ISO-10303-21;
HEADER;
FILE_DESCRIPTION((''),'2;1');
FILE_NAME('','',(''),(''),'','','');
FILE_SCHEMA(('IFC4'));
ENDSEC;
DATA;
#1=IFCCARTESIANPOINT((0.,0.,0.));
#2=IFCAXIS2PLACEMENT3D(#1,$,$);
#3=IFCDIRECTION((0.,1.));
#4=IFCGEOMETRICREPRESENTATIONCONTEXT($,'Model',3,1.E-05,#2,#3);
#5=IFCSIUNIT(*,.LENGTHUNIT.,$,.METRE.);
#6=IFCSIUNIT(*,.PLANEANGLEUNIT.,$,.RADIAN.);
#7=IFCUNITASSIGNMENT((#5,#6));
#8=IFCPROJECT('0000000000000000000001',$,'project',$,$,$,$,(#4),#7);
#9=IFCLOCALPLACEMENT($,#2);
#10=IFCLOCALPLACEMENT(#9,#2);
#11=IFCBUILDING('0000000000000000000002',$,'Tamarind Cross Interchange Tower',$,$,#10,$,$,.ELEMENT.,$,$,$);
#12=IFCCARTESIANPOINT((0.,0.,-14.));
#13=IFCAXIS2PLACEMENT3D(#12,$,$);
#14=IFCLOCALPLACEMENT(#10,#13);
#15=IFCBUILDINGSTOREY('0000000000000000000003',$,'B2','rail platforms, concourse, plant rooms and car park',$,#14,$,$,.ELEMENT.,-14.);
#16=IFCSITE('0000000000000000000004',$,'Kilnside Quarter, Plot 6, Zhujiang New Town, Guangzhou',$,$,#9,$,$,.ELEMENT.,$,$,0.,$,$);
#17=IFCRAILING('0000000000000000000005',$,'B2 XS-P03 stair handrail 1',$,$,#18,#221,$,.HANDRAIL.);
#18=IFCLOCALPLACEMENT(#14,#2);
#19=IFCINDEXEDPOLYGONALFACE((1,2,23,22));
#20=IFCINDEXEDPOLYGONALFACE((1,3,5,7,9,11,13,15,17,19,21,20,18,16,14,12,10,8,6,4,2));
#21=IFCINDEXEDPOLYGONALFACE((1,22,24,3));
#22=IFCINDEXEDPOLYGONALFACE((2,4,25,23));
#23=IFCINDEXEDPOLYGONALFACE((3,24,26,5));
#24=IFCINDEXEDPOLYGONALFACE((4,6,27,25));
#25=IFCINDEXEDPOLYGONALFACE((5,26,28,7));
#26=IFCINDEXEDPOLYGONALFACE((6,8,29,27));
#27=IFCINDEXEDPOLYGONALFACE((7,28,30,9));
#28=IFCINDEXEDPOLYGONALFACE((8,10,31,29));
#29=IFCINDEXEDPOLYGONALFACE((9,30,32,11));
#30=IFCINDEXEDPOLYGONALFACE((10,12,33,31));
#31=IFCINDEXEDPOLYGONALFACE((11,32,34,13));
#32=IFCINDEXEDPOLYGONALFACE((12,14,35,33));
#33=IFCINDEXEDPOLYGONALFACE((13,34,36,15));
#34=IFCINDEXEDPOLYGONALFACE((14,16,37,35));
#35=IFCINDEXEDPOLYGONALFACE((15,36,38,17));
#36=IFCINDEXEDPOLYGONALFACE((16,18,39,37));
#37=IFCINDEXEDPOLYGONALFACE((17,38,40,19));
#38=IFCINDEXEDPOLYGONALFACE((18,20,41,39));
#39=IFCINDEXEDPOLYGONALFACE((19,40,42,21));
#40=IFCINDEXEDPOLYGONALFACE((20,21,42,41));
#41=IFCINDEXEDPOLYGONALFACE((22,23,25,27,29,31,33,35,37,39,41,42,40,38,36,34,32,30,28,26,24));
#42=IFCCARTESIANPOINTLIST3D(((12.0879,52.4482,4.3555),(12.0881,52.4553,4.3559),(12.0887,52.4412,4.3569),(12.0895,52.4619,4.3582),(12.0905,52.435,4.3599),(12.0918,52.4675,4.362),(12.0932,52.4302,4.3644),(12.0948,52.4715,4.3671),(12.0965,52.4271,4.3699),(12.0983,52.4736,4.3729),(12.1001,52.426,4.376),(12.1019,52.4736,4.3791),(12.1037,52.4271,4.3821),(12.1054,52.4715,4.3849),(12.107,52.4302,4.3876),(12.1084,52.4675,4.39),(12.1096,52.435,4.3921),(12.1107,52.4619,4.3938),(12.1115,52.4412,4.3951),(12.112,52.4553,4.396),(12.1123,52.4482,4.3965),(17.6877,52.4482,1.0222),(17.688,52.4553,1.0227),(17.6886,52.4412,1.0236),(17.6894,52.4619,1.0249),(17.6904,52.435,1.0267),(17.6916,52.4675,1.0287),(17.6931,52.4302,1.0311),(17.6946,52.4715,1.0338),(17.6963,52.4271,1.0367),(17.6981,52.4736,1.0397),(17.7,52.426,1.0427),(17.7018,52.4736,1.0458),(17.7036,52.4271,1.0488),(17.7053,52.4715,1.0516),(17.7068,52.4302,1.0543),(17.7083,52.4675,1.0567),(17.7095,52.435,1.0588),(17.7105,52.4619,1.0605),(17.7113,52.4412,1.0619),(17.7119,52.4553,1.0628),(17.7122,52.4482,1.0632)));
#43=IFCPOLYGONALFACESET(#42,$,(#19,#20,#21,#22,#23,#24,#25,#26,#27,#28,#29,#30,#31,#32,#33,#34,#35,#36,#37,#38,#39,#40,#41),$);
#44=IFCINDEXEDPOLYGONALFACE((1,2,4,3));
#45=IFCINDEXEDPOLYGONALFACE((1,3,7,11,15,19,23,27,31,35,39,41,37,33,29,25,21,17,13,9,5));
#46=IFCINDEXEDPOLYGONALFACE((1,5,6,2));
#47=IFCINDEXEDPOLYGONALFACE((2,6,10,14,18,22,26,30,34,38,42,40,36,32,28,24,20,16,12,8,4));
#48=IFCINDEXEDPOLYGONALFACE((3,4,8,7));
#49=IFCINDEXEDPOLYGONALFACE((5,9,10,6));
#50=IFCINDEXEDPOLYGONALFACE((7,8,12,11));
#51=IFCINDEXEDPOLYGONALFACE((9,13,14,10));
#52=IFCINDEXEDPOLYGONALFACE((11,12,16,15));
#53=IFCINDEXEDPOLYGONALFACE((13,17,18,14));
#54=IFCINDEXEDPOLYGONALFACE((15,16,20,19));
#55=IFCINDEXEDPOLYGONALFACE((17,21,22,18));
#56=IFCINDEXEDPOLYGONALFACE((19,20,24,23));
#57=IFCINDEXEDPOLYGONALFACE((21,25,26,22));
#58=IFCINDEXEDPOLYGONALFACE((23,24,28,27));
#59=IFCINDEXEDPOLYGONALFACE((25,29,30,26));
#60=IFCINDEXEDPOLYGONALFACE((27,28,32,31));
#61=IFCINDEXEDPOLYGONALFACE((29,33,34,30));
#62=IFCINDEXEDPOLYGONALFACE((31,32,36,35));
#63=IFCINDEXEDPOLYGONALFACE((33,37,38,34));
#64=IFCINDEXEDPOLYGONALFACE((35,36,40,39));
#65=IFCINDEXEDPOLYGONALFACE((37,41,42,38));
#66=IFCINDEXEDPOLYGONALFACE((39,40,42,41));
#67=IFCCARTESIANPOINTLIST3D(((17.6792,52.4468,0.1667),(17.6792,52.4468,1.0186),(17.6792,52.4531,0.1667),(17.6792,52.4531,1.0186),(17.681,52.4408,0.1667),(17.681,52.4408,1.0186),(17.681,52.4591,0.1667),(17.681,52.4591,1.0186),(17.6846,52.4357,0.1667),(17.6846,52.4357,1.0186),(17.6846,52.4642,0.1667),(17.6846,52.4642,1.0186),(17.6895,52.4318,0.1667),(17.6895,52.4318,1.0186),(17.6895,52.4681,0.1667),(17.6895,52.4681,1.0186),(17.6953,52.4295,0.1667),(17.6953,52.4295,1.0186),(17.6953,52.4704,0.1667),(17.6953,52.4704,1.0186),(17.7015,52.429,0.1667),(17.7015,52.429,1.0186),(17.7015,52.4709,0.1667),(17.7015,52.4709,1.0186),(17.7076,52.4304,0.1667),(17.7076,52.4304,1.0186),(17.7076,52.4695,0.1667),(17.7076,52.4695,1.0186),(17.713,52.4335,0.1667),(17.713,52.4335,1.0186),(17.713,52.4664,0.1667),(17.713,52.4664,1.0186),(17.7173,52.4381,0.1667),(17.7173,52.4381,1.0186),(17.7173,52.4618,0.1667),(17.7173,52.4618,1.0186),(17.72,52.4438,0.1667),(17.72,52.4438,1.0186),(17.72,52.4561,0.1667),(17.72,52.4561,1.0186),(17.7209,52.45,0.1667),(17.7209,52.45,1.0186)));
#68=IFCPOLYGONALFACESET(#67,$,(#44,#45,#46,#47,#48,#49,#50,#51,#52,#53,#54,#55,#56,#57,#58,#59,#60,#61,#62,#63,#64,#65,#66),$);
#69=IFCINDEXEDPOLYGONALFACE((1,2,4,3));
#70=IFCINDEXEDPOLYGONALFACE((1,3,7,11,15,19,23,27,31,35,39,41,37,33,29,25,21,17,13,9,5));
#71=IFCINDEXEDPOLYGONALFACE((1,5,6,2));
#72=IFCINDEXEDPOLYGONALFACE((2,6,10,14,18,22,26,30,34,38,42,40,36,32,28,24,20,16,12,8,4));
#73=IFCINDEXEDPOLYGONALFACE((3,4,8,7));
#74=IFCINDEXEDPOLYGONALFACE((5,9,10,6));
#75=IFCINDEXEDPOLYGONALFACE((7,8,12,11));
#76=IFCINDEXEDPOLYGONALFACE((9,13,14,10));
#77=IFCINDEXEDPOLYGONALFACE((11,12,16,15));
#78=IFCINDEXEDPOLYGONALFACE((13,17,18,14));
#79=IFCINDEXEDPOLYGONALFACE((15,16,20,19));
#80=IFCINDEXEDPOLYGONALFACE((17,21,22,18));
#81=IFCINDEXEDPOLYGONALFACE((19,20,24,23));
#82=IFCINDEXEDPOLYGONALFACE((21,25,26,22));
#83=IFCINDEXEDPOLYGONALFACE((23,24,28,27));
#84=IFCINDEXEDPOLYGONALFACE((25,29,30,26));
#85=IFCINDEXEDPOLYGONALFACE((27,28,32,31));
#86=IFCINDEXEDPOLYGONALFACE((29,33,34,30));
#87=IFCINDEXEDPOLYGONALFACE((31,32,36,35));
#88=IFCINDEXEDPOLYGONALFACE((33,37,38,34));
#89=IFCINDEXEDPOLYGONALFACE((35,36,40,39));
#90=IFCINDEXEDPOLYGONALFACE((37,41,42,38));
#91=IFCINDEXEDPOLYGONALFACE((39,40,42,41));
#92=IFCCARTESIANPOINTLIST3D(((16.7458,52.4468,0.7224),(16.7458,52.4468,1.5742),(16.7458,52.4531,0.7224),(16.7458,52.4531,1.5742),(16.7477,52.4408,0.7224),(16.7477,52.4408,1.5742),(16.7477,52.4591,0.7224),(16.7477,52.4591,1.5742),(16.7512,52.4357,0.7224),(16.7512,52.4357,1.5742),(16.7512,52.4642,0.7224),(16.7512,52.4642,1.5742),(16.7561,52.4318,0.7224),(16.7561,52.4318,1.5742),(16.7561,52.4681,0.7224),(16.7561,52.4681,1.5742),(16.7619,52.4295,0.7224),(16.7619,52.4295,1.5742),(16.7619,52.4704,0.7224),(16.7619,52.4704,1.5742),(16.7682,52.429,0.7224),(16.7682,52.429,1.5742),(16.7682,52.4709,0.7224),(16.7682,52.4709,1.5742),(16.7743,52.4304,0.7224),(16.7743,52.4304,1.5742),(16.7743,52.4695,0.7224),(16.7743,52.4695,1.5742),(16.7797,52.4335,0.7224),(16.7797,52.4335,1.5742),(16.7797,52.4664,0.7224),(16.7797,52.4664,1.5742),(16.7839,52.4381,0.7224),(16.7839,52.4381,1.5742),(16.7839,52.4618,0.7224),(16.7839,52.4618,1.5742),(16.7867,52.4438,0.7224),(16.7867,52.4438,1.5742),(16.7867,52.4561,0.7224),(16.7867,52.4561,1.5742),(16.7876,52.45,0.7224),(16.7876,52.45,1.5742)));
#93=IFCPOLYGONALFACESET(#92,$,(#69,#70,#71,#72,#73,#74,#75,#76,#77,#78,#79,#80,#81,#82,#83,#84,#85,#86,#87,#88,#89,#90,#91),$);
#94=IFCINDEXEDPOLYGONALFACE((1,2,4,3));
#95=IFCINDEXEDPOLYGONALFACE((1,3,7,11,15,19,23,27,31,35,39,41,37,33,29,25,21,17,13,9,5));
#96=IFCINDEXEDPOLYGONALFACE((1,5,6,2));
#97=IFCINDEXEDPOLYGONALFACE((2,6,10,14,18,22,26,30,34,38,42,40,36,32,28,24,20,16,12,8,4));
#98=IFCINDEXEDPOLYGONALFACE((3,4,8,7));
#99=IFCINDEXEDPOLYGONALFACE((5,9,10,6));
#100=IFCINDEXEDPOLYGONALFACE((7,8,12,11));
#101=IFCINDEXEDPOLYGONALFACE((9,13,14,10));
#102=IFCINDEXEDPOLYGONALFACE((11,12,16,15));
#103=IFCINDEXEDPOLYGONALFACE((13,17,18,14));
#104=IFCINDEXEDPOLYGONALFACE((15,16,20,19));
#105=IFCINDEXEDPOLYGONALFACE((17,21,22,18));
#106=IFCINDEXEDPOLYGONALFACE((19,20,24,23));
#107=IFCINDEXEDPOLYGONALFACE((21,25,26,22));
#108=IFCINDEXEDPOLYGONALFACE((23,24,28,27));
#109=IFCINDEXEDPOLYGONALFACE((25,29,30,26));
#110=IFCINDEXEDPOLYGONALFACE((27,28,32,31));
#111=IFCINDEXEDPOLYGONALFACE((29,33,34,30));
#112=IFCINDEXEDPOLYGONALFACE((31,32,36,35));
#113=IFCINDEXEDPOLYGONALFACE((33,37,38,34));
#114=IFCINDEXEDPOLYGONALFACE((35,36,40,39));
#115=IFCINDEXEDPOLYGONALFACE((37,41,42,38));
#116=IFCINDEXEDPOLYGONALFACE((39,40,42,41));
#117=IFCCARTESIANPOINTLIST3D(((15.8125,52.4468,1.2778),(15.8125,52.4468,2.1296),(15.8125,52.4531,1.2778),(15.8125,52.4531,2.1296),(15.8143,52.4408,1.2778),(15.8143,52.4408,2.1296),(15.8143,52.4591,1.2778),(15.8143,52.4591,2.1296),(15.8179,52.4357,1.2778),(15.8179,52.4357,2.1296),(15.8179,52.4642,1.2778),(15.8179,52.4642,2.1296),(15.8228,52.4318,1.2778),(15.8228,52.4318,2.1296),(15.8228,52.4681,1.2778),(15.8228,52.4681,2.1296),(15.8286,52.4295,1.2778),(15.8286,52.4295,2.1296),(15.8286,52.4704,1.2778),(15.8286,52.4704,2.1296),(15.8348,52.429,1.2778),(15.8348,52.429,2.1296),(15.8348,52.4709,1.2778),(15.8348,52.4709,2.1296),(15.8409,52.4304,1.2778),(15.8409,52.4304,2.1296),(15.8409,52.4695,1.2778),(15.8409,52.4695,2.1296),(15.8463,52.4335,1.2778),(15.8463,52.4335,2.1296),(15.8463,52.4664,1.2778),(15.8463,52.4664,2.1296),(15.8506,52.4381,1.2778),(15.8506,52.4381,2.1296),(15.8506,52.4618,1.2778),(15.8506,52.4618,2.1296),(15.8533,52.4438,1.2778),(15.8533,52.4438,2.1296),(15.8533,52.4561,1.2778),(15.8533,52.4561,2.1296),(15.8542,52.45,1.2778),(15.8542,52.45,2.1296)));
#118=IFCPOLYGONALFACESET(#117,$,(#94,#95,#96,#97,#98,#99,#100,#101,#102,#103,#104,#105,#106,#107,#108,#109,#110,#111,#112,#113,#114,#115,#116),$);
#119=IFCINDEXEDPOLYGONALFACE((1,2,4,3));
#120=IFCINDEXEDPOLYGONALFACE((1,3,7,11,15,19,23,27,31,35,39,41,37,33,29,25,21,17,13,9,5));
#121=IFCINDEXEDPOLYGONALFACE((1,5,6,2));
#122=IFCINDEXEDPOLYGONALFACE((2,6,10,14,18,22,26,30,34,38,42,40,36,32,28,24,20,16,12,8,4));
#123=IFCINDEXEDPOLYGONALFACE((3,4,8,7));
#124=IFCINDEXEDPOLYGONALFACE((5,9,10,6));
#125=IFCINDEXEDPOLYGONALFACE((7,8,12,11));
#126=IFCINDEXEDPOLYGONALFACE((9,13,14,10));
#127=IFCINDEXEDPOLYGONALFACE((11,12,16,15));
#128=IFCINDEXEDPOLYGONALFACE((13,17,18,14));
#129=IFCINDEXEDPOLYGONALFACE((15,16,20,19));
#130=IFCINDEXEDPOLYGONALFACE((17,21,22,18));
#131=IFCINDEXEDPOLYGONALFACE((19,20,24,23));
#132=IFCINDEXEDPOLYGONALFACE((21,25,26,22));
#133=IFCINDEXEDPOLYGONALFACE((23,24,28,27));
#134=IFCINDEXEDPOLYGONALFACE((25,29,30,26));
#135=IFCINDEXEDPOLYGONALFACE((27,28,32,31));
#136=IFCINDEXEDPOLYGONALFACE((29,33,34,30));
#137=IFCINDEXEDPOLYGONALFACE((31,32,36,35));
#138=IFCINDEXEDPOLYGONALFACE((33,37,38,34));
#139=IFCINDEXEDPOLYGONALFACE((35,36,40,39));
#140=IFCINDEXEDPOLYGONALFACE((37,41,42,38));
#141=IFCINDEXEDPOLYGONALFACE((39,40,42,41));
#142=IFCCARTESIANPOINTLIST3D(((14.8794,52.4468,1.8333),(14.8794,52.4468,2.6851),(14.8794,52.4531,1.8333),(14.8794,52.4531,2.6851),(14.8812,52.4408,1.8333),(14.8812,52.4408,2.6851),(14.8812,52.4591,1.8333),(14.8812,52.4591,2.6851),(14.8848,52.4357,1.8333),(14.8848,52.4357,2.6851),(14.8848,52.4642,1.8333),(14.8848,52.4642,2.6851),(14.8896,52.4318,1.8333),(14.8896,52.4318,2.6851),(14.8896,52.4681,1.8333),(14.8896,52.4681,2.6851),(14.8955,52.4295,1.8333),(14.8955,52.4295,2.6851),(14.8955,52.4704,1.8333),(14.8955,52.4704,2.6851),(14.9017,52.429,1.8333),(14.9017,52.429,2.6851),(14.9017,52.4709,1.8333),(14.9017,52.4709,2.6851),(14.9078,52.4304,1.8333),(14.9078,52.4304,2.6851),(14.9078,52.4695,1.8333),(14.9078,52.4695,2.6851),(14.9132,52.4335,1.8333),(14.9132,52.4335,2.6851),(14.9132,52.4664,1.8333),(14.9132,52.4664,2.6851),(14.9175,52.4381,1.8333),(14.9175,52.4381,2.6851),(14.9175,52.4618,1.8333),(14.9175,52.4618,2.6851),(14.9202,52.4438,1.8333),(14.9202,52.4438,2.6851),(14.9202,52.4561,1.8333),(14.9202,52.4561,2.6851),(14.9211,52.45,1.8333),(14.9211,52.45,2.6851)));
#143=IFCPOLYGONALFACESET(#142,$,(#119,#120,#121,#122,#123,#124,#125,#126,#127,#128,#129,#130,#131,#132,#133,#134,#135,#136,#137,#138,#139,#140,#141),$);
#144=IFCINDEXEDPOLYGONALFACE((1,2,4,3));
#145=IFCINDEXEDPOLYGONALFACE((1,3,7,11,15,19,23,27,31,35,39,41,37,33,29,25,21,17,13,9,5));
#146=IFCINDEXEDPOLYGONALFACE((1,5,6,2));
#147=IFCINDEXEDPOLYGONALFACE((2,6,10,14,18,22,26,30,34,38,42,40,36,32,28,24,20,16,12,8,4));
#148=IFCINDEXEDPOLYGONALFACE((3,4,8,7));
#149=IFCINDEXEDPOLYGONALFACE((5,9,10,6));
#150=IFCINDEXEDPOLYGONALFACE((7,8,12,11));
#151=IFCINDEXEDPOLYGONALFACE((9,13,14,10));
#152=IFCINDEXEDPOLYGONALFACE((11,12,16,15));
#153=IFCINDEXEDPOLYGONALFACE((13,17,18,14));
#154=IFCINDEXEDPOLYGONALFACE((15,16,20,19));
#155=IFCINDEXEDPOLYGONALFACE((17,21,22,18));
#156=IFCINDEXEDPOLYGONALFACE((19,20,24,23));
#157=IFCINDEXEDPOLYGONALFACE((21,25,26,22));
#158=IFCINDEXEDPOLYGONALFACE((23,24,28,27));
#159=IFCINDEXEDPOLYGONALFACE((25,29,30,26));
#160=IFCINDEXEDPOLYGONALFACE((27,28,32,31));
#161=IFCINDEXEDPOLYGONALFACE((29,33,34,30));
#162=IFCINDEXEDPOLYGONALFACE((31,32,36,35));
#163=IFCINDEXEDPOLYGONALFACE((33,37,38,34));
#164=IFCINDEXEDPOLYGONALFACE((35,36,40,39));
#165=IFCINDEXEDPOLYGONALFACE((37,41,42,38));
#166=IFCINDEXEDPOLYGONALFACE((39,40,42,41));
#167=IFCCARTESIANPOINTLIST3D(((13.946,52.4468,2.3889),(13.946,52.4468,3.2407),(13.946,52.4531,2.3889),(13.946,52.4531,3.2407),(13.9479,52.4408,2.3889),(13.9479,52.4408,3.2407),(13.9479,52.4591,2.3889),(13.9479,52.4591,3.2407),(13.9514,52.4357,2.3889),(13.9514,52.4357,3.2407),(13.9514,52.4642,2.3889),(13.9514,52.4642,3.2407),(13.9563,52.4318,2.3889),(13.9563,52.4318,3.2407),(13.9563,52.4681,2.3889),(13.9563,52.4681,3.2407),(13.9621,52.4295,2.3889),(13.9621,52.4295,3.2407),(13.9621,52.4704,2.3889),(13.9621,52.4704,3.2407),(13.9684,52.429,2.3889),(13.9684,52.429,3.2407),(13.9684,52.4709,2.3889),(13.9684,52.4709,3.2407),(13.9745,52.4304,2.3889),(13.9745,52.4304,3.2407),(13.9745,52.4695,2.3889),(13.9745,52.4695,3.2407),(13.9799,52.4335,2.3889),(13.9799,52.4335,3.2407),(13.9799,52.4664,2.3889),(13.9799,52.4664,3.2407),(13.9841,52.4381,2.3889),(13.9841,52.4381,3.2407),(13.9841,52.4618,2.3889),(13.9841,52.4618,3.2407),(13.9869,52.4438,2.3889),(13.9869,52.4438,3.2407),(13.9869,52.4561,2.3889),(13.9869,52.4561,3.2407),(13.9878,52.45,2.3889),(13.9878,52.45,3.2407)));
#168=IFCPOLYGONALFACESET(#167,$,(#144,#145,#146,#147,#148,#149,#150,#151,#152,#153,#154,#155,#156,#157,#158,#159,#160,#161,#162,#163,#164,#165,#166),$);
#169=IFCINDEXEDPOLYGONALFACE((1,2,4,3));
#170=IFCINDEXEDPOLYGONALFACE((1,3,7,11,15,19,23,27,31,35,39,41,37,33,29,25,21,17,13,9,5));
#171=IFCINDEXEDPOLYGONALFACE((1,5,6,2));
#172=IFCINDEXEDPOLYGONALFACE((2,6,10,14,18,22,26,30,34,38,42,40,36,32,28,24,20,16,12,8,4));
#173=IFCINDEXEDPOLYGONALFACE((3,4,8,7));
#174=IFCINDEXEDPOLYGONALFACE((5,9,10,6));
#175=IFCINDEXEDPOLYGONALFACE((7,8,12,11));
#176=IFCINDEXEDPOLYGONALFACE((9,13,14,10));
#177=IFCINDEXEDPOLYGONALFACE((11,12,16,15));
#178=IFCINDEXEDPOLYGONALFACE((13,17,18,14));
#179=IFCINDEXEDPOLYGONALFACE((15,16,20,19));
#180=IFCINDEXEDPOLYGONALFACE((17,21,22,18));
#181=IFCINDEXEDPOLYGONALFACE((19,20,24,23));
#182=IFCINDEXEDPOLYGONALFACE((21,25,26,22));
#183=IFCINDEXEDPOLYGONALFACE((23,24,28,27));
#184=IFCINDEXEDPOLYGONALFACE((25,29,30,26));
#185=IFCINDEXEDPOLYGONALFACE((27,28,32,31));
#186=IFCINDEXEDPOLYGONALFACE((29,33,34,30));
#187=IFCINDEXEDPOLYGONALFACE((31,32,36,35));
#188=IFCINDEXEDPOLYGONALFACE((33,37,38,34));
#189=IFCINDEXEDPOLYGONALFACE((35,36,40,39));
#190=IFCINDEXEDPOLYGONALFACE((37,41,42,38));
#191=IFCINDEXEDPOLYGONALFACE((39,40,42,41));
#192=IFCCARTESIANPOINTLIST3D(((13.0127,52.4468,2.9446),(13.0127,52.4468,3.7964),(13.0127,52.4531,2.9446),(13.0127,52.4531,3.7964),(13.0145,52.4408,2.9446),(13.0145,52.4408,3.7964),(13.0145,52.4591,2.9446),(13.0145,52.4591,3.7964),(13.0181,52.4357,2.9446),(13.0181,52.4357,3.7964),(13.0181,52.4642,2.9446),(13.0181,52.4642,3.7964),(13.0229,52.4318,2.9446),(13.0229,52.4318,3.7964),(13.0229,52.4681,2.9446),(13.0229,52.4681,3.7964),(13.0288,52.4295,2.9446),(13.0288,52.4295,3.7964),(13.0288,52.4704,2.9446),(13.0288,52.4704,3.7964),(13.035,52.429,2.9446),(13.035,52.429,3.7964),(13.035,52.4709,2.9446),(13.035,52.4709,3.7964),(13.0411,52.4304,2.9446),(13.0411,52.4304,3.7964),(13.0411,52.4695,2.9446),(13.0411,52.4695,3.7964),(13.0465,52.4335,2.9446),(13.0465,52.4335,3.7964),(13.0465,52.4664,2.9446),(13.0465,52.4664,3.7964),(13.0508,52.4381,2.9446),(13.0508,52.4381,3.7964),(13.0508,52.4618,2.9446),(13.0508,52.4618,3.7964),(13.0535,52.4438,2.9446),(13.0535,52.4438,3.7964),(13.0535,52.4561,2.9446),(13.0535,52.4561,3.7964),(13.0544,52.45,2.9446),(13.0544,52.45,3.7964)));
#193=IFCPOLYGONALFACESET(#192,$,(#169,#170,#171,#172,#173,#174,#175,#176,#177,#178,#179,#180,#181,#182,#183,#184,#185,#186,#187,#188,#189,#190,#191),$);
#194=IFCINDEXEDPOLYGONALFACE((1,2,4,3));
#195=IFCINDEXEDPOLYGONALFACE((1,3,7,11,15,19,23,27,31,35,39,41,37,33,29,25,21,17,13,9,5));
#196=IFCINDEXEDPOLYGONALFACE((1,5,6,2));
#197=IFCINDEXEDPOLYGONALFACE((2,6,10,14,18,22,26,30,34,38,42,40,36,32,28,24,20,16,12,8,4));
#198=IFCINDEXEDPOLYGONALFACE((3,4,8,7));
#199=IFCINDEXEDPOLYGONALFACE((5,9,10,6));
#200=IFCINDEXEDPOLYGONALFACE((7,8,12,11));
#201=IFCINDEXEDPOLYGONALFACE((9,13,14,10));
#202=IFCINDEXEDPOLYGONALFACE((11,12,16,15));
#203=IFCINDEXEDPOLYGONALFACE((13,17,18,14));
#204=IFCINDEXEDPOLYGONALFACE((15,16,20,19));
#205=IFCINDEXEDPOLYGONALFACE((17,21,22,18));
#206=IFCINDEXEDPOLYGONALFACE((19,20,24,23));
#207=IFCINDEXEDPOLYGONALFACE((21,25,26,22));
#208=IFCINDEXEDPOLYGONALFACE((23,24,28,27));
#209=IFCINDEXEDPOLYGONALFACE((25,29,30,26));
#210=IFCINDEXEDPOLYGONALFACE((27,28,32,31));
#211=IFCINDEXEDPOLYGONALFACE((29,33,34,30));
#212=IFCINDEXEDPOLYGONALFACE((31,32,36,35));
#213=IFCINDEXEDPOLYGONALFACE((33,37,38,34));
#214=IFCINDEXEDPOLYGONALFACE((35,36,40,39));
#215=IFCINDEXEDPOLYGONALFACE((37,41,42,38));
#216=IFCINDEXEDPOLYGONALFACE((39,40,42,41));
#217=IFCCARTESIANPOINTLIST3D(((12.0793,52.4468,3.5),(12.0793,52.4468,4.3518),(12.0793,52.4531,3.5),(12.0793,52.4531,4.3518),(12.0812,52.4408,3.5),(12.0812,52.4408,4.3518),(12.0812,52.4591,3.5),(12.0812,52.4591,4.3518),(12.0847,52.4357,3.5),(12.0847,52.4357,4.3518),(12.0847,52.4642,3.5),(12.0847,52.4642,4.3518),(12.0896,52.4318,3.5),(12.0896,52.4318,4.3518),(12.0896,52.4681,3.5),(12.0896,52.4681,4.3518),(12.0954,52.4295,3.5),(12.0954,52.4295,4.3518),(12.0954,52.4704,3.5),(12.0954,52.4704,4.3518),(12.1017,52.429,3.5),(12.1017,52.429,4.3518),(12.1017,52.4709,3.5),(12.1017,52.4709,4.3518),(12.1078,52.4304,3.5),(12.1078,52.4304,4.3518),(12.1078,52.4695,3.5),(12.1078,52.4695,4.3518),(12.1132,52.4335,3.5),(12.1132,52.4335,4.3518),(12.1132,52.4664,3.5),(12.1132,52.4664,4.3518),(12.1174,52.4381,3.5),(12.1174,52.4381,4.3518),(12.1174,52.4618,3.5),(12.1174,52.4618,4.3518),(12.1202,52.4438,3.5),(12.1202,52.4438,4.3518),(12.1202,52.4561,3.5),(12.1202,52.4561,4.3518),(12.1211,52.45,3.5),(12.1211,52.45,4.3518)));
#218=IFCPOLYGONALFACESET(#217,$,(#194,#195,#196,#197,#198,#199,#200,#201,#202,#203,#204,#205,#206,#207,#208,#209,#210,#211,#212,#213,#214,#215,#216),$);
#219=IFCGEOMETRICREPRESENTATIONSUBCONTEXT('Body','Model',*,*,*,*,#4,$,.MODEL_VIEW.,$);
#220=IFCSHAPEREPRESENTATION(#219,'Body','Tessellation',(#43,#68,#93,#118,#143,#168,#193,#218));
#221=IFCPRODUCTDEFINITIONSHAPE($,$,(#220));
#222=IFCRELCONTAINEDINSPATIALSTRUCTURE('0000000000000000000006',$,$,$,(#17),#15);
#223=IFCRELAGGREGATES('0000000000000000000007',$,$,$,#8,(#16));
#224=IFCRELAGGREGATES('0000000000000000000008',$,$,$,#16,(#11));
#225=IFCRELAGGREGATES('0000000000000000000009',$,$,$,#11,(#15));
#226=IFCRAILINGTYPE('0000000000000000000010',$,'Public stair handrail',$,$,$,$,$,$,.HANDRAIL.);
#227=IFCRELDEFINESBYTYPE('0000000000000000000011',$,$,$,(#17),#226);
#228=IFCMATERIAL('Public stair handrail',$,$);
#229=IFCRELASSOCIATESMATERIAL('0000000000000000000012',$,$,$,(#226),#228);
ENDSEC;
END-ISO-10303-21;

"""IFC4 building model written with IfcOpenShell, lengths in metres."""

from ifc_helpers import new_model, si_unit, direction, frame, origin, origin_2d, place, context, subcontext, project, spatial, circle, extrude, material, type_object, element, save


model = new_model("IFC4")

# Units and contexts
model_context = context("Model", 3, precision=1e-05, world=origin(), true_north=direction((0.0, 1.0)))
body_context = subcontext(model_context, "Body", "Model", "MODEL_VIEW")
ifc_project = project(units=[si_unit("LENGTHUNIT", "METRE"), si_unit("PLANEANGLEUNIT", "RADIAN")], contexts=[model_context])

# Site, building, storey
site_placement = place(None, origin())
site = spatial("IfcSite", under=ifc_project, at=site_placement, Name="Kilnside Quarter, Plot 6, Zhujiang New Town, Guangzhou", CompositionType="ELEMENT", RefElevation=0.0)
building_placement = place(site_placement, origin())
building = spatial("IfcBuilding", under=site, at=building_placement, Name="Tamarind Cross Interchange Tower", CompositionType="ELEMENT")
storey_placement = place(building_placement, frame((0.0, 0.0, -14.0)))
storey = spatial("IfcBuildingStorey", under=building, at=storey_placement, Name="B2", Description="rail platforms, concourse, plant rooms and car park", CompositionType="ELEMENT", Elevation=-14.0)

# Railing
ifc_material_1 = material(Name="Public stair handrail")
railing_type_1 = type_object("IfcRailingType", Name="Public stair handrail", PredefinedType="HANDRAIL", material=ifc_material_1)
railing_1_placement = place(storey_placement, frame((17.7, 52.45, 0.1667)))
element("IfcRailing", 1, at=railing_1_placement, inside=storey, type_object=railing_type_1, Name="B2 XS-P03 stair handrail 1", PredefinedType="HANDRAIL", context=body_context, shape_type="SweptSolid", body=[
    extrude(circle(Radius=0.0239, at=origin_2d()), frame((0.0, 0.0, 0.876), z_axis=(-0.859292, 0.0, 0.511485), x_axis=(0.0, -1.0, 0.0)), (0.0, 0.0, 1.0), 6.5168),
    extrude(circle(Radius=0.021, at=origin_2d()), origin(), (0.0, 0.0, 1.0), 0.8518),
    extrude(circle(Radius=0.021, at=origin_2d()), frame((-0.9333, 0.0, 0.5557)), (0.0, 0.0, 1.0), 0.8518),
    extrude(circle(Radius=0.021, at=origin_2d()), frame((-1.8667, 0.0, 1.1111)), (0.0, 0.0, 1.0), 0.8518),
    extrude(circle(Radius=0.021, at=origin_2d()), frame((-2.7998, 0.0, 1.6665)), (0.0, 0.0, 1.0), 0.8518),
    extrude(circle(Radius=0.021, at=origin_2d()), frame((-3.7332, 0.0, 2.2222)), (0.0, 0.0, 1.0), 0.8518),
    extrude(circle(Radius=0.021, at=origin_2d()), frame((-4.6665, 0.0, 2.7778)), (0.0, 0.0, 1.0), 0.8518),
    extrude(circle(Radius=0.021, at=origin_2d()), frame((-5.5999, 0.0, 3.3333)), (0.0, 0.0, 1.0), 0.8518),
])

save(model, "model.ifc")
